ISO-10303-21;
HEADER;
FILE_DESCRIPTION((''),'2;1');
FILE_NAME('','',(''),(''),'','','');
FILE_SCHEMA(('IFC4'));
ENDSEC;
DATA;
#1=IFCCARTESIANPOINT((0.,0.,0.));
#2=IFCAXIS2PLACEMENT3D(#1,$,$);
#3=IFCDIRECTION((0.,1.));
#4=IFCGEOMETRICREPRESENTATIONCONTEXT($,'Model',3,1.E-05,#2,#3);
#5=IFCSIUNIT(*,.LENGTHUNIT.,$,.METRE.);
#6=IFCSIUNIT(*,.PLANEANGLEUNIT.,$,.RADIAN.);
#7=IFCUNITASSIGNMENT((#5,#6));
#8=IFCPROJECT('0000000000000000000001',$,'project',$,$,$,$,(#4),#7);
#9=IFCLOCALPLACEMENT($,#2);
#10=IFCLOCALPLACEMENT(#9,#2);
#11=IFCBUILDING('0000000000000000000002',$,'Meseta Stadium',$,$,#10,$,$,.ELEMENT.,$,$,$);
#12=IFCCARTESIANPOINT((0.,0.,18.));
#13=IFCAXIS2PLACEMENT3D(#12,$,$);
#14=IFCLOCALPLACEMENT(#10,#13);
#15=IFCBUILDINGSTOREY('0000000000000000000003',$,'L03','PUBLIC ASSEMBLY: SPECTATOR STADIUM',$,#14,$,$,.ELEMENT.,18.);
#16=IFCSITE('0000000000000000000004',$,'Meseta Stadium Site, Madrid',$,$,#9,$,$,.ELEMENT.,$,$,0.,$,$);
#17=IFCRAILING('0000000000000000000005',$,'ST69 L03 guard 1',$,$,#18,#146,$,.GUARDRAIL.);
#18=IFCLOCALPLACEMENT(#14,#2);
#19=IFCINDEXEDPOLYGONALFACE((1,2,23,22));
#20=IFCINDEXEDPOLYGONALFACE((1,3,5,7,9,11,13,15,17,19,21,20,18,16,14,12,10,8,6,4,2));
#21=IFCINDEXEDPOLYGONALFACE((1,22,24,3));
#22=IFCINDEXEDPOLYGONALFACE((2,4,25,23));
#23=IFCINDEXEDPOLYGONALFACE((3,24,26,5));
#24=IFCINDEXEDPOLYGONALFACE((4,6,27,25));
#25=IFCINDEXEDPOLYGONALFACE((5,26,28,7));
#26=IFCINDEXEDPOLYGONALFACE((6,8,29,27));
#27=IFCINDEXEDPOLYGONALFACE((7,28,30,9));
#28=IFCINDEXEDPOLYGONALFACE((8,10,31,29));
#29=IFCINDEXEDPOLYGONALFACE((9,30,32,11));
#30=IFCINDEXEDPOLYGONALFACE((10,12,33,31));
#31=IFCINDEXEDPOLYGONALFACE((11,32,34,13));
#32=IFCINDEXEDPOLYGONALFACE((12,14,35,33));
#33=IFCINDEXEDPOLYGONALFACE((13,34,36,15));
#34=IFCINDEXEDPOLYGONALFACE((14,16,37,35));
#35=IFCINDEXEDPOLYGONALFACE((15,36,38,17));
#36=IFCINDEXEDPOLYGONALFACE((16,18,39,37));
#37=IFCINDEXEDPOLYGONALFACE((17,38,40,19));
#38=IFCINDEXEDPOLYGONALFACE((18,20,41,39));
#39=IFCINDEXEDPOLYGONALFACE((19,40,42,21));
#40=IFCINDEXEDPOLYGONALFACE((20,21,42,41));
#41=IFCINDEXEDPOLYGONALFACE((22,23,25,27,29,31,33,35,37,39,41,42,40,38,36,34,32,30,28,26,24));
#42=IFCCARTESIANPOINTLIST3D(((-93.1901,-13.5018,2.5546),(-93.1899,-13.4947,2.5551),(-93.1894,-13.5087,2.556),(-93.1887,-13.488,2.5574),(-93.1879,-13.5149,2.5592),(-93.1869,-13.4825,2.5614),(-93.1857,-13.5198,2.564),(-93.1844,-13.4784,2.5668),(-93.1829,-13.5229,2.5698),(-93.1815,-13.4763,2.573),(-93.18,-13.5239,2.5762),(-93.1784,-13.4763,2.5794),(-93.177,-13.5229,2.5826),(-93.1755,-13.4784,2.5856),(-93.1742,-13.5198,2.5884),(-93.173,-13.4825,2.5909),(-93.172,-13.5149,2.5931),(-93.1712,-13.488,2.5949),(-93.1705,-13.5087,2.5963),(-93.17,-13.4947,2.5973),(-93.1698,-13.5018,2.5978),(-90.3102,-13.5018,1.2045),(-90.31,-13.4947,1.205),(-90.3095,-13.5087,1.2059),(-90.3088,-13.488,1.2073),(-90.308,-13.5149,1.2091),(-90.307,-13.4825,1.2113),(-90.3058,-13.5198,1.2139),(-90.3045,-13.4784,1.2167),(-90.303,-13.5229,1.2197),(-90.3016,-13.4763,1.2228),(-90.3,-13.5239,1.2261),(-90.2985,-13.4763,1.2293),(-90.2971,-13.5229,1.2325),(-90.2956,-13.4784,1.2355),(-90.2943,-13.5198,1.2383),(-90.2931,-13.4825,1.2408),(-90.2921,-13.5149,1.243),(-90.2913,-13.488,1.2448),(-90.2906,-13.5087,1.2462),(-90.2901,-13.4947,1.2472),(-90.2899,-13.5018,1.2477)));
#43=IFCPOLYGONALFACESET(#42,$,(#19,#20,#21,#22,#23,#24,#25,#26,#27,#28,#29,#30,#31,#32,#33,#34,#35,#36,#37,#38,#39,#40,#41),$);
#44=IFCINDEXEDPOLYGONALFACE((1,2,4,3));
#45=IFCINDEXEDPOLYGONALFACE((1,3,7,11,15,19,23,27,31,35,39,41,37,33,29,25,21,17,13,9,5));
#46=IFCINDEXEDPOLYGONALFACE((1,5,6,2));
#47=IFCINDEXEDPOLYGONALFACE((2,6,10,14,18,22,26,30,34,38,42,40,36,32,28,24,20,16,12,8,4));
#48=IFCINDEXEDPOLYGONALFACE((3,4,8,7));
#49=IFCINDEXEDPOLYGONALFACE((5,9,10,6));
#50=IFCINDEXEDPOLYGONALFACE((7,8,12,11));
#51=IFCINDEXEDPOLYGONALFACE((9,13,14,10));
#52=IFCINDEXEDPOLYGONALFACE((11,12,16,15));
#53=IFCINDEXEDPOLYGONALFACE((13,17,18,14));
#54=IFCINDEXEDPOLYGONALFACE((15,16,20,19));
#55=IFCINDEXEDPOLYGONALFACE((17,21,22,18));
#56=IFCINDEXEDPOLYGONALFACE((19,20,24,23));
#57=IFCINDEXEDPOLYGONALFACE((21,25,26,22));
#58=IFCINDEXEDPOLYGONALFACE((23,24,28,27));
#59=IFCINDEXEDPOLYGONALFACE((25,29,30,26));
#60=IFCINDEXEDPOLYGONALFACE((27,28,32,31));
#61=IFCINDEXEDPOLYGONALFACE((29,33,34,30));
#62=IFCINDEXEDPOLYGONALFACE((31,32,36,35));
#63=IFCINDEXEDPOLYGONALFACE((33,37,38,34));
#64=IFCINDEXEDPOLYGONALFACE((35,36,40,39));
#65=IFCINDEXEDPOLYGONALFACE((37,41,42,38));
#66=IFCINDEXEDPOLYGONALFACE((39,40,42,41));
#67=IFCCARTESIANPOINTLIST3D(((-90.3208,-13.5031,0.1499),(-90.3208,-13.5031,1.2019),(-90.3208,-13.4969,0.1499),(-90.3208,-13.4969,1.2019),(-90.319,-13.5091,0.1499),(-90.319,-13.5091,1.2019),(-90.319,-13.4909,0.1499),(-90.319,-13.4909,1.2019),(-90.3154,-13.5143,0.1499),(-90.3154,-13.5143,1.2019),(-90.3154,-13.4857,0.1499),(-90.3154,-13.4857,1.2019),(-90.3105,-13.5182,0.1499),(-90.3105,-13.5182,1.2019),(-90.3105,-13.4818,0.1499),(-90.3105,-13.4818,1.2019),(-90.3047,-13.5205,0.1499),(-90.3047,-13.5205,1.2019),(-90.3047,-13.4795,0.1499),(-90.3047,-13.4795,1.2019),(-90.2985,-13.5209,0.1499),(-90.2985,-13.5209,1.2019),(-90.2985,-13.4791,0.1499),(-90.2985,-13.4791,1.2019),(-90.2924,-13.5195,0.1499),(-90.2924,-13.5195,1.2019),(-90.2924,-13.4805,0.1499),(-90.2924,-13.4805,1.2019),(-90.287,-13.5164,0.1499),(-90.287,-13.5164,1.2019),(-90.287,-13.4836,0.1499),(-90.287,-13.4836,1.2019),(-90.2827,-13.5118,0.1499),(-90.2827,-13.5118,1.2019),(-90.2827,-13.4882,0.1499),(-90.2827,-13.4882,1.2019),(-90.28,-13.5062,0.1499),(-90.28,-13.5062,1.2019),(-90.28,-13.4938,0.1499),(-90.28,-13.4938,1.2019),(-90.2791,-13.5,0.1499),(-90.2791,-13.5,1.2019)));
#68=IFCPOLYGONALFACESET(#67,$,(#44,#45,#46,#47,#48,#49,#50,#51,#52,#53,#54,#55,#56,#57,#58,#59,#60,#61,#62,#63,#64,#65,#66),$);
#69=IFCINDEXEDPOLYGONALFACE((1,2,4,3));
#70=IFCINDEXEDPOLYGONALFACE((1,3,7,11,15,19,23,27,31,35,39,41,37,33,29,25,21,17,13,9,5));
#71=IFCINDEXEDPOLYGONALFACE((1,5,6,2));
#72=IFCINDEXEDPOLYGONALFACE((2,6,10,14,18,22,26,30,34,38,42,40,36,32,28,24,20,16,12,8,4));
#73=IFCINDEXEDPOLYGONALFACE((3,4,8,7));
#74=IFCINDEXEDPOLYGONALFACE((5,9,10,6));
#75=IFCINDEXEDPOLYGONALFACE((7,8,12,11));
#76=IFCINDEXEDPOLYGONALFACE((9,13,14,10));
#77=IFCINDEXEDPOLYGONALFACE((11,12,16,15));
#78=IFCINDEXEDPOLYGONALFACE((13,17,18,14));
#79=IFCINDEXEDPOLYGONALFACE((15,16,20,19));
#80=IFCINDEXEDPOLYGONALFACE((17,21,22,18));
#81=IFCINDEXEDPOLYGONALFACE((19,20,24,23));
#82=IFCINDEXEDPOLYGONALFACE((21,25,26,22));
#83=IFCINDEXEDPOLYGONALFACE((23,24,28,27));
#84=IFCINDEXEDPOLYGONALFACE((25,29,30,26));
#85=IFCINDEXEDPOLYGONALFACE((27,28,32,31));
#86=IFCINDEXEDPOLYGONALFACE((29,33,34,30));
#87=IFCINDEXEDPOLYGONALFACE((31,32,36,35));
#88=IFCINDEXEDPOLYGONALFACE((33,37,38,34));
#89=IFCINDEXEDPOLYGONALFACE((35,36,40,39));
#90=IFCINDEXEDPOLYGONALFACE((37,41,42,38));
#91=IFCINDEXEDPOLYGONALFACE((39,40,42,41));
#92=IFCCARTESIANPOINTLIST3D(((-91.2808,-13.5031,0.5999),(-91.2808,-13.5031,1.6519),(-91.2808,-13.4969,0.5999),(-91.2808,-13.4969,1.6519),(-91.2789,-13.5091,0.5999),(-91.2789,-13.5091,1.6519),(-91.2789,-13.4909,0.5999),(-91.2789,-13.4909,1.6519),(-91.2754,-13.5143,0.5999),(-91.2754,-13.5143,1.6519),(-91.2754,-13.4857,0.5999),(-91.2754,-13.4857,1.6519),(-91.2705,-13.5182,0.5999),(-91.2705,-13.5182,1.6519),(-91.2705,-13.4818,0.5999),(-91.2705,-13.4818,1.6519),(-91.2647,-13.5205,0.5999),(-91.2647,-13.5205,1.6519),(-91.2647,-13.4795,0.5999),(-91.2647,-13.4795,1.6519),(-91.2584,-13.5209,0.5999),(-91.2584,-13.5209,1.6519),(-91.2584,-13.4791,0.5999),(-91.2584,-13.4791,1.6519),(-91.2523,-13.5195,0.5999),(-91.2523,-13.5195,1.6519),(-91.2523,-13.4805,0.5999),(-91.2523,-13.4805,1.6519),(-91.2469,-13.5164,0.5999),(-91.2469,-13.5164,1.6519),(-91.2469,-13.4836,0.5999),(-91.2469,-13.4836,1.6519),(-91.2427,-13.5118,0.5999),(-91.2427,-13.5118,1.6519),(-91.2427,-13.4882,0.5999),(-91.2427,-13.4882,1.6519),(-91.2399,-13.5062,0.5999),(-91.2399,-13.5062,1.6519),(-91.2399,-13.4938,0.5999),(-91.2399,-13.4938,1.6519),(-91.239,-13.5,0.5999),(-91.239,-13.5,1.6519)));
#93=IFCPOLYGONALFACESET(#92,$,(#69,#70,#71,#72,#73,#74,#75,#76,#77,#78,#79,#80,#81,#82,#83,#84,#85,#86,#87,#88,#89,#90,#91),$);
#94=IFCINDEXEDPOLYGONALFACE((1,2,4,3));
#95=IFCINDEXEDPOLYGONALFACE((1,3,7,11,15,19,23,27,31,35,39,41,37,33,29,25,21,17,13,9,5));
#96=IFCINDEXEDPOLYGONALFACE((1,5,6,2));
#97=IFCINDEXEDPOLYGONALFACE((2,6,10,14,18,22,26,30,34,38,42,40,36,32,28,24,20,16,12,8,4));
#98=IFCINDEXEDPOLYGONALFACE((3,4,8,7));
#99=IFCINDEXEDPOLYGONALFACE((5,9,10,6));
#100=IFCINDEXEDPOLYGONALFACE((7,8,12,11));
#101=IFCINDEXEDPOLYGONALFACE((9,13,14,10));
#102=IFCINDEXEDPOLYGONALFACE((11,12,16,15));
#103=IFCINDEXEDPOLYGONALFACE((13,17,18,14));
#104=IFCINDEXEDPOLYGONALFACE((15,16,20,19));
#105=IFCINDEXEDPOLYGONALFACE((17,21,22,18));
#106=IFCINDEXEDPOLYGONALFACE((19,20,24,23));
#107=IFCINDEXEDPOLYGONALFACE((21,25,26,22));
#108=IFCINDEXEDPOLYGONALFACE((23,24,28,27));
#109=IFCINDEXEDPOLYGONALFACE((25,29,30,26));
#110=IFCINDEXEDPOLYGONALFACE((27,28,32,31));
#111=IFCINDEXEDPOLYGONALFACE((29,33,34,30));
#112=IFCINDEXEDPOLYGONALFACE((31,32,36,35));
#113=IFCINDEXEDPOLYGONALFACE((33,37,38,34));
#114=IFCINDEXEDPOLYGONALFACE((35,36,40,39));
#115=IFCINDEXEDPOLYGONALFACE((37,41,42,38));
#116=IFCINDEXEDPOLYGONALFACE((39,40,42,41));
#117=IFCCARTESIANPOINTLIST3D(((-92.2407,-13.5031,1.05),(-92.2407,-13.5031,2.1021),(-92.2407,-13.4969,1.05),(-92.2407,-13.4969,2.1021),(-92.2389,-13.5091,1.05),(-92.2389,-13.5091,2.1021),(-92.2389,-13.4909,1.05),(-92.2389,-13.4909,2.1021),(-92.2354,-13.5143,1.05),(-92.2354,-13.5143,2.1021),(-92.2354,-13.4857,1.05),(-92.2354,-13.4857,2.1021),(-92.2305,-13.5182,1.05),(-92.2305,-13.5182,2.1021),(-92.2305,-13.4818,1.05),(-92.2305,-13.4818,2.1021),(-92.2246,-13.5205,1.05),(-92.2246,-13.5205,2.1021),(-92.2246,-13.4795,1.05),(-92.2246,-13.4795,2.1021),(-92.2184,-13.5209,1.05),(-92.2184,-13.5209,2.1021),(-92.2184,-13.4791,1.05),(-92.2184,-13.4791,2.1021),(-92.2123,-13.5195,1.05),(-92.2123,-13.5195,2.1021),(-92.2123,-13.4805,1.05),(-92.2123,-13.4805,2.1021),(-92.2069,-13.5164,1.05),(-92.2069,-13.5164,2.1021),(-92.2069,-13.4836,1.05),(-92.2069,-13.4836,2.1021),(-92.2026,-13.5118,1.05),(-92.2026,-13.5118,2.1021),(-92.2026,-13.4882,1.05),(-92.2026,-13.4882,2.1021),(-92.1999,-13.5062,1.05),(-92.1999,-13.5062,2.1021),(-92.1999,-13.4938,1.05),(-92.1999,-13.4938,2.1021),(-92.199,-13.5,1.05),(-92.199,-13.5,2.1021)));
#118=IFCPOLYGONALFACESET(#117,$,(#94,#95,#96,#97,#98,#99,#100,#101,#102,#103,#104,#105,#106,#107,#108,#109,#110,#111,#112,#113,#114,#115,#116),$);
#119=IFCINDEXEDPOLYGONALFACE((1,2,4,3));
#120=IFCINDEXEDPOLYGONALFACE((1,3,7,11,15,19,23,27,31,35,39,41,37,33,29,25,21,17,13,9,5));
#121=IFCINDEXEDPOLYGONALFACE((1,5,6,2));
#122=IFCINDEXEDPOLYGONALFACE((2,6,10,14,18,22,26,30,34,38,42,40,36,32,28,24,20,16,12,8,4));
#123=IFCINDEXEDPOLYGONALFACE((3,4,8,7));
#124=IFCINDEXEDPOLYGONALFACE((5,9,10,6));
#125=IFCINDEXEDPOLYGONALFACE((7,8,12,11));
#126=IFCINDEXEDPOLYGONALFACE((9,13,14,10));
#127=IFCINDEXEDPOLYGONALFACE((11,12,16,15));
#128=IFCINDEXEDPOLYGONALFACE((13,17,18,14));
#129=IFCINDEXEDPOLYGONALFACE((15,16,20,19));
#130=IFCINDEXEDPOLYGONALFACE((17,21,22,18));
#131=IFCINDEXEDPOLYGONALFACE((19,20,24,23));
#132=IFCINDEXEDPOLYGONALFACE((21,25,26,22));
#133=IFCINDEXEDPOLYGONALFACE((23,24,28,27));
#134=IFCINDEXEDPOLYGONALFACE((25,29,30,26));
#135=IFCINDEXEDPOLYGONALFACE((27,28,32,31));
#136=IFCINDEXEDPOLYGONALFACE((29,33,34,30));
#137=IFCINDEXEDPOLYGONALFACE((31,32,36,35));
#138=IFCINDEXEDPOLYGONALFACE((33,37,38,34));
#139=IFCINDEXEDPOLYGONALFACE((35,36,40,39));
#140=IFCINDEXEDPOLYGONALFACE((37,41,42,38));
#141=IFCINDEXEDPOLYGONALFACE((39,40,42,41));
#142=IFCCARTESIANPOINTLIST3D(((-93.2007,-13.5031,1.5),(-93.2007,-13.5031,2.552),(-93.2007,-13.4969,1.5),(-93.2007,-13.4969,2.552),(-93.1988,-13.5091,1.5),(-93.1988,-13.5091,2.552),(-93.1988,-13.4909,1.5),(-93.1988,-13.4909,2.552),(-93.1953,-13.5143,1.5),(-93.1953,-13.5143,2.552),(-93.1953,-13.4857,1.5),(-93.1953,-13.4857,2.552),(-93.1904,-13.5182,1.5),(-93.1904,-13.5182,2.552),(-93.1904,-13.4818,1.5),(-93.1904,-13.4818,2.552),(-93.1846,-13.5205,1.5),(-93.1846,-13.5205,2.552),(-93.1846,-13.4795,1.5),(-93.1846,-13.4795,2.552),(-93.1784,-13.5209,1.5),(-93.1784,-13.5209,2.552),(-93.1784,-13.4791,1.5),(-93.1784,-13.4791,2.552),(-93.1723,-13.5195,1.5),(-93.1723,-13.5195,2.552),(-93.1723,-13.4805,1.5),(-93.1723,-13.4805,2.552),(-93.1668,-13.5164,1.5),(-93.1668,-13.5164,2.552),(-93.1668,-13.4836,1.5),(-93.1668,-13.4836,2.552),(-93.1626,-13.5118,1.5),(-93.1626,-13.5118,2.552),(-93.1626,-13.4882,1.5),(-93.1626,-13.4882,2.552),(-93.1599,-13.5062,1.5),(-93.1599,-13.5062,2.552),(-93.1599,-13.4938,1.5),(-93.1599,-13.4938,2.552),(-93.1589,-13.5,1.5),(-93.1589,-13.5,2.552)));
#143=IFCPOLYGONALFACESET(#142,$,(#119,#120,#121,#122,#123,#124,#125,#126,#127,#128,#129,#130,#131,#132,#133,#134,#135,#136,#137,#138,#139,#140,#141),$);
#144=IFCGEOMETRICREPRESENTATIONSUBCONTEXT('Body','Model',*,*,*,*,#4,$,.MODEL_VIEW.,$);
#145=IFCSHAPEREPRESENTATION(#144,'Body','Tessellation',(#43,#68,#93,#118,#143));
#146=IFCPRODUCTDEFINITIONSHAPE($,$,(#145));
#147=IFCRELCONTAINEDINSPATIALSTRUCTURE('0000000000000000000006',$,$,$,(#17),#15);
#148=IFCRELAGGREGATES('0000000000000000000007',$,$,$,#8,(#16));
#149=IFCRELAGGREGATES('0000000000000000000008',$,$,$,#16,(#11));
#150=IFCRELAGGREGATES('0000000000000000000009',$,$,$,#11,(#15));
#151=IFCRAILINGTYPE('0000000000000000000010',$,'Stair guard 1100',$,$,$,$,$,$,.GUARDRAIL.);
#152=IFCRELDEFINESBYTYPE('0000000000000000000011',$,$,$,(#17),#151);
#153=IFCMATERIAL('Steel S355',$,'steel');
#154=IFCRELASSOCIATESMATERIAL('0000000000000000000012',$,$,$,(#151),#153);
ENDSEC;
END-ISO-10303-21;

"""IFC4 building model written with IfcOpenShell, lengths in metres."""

from ifc_helpers import new_model, si_unit, direction, frame, origin, origin_2d, place, context, subcontext, project, spatial, circle, extrude, material, type_object, element, save


model = new_model("IFC4")

# Units and contexts
model_context = context("Model", 3, precision=1e-05, world=origin(), true_north=direction((0.0, 1.0)))
body_context = subcontext(model_context, "Body", "Model", "MODEL_VIEW")
ifc_project = project(units=[si_unit("LENGTHUNIT", "METRE"), si_unit("PLANEANGLEUNIT", "RADIAN")], contexts=[model_context])

# Site, building, storey
site_placement = place(None, origin())
site = spatial("IfcSite", under=ifc_project, at=site_placement, Name="Meseta Stadium Site, Madrid", CompositionType="ELEMENT", RefElevation=0.0)
building_placement = place(site_placement, origin())
building = spatial("IfcBuilding", under=site, at=building_placement, Name="Meseta Stadium", CompositionType="ELEMENT")
storey_placement = place(building_placement, frame((0.0, 0.0, 18.0)))
storey = spatial("IfcBuildingStorey", under=building, at=storey_placement, Name="L03", Description="PUBLIC ASSEMBLY: SPECTATOR STADIUM", CompositionType="ELEMENT", Elevation=18.0)

# Railing
ifc_material_1 = material(Name="Steel S355", Category="steel")
railing_type_1 = type_object("IfcRailingType", Name="Stair guard 1100", PredefinedType="GUARDRAIL", material=ifc_material_1)
railing_1_placement = place(storey_placement, frame((-90.3, -13.5, 0.1499)))
element("IfcRailing", 1, at=railing_1_placement, inside=storey, type_object=railing_type_1, Name="ST69 L03 guard 1", PredefinedType="GUARDRAIL", context=body_context, shape_type="SweptSolid", body=[
    extrude(circle(Radius=0.0239, at=origin_2d()), frame((0.0, 0.0, 1.0762), z_axis=(-0.90544, 0.0, 0.424473), x_axis=(0.0, -1.0, 0.0)), (0.0, 0.0, 1.0), 3.1807),
    extrude(circle(Radius=0.021, at=origin_2d()), origin(), (0.0, 0.0, 1.0), 1.052),
    extrude(circle(Radius=0.021, at=origin_2d()), frame((-0.96, 0.0, 0.45)), (0.0, 0.0, 1.0), 1.052),
    extrude(circle(Radius=0.021, at=origin_2d()), frame((-1.9199, 0.0, 0.9001)), (0.0, 0.0, 1.0), 1.052),
    extrude(circle(Radius=0.021, at=origin_2d()), frame((-2.8799, 0.0, 1.3501)), (0.0, 0.0, 1.0), 1.052),
])

save(model, "model.ifc")
